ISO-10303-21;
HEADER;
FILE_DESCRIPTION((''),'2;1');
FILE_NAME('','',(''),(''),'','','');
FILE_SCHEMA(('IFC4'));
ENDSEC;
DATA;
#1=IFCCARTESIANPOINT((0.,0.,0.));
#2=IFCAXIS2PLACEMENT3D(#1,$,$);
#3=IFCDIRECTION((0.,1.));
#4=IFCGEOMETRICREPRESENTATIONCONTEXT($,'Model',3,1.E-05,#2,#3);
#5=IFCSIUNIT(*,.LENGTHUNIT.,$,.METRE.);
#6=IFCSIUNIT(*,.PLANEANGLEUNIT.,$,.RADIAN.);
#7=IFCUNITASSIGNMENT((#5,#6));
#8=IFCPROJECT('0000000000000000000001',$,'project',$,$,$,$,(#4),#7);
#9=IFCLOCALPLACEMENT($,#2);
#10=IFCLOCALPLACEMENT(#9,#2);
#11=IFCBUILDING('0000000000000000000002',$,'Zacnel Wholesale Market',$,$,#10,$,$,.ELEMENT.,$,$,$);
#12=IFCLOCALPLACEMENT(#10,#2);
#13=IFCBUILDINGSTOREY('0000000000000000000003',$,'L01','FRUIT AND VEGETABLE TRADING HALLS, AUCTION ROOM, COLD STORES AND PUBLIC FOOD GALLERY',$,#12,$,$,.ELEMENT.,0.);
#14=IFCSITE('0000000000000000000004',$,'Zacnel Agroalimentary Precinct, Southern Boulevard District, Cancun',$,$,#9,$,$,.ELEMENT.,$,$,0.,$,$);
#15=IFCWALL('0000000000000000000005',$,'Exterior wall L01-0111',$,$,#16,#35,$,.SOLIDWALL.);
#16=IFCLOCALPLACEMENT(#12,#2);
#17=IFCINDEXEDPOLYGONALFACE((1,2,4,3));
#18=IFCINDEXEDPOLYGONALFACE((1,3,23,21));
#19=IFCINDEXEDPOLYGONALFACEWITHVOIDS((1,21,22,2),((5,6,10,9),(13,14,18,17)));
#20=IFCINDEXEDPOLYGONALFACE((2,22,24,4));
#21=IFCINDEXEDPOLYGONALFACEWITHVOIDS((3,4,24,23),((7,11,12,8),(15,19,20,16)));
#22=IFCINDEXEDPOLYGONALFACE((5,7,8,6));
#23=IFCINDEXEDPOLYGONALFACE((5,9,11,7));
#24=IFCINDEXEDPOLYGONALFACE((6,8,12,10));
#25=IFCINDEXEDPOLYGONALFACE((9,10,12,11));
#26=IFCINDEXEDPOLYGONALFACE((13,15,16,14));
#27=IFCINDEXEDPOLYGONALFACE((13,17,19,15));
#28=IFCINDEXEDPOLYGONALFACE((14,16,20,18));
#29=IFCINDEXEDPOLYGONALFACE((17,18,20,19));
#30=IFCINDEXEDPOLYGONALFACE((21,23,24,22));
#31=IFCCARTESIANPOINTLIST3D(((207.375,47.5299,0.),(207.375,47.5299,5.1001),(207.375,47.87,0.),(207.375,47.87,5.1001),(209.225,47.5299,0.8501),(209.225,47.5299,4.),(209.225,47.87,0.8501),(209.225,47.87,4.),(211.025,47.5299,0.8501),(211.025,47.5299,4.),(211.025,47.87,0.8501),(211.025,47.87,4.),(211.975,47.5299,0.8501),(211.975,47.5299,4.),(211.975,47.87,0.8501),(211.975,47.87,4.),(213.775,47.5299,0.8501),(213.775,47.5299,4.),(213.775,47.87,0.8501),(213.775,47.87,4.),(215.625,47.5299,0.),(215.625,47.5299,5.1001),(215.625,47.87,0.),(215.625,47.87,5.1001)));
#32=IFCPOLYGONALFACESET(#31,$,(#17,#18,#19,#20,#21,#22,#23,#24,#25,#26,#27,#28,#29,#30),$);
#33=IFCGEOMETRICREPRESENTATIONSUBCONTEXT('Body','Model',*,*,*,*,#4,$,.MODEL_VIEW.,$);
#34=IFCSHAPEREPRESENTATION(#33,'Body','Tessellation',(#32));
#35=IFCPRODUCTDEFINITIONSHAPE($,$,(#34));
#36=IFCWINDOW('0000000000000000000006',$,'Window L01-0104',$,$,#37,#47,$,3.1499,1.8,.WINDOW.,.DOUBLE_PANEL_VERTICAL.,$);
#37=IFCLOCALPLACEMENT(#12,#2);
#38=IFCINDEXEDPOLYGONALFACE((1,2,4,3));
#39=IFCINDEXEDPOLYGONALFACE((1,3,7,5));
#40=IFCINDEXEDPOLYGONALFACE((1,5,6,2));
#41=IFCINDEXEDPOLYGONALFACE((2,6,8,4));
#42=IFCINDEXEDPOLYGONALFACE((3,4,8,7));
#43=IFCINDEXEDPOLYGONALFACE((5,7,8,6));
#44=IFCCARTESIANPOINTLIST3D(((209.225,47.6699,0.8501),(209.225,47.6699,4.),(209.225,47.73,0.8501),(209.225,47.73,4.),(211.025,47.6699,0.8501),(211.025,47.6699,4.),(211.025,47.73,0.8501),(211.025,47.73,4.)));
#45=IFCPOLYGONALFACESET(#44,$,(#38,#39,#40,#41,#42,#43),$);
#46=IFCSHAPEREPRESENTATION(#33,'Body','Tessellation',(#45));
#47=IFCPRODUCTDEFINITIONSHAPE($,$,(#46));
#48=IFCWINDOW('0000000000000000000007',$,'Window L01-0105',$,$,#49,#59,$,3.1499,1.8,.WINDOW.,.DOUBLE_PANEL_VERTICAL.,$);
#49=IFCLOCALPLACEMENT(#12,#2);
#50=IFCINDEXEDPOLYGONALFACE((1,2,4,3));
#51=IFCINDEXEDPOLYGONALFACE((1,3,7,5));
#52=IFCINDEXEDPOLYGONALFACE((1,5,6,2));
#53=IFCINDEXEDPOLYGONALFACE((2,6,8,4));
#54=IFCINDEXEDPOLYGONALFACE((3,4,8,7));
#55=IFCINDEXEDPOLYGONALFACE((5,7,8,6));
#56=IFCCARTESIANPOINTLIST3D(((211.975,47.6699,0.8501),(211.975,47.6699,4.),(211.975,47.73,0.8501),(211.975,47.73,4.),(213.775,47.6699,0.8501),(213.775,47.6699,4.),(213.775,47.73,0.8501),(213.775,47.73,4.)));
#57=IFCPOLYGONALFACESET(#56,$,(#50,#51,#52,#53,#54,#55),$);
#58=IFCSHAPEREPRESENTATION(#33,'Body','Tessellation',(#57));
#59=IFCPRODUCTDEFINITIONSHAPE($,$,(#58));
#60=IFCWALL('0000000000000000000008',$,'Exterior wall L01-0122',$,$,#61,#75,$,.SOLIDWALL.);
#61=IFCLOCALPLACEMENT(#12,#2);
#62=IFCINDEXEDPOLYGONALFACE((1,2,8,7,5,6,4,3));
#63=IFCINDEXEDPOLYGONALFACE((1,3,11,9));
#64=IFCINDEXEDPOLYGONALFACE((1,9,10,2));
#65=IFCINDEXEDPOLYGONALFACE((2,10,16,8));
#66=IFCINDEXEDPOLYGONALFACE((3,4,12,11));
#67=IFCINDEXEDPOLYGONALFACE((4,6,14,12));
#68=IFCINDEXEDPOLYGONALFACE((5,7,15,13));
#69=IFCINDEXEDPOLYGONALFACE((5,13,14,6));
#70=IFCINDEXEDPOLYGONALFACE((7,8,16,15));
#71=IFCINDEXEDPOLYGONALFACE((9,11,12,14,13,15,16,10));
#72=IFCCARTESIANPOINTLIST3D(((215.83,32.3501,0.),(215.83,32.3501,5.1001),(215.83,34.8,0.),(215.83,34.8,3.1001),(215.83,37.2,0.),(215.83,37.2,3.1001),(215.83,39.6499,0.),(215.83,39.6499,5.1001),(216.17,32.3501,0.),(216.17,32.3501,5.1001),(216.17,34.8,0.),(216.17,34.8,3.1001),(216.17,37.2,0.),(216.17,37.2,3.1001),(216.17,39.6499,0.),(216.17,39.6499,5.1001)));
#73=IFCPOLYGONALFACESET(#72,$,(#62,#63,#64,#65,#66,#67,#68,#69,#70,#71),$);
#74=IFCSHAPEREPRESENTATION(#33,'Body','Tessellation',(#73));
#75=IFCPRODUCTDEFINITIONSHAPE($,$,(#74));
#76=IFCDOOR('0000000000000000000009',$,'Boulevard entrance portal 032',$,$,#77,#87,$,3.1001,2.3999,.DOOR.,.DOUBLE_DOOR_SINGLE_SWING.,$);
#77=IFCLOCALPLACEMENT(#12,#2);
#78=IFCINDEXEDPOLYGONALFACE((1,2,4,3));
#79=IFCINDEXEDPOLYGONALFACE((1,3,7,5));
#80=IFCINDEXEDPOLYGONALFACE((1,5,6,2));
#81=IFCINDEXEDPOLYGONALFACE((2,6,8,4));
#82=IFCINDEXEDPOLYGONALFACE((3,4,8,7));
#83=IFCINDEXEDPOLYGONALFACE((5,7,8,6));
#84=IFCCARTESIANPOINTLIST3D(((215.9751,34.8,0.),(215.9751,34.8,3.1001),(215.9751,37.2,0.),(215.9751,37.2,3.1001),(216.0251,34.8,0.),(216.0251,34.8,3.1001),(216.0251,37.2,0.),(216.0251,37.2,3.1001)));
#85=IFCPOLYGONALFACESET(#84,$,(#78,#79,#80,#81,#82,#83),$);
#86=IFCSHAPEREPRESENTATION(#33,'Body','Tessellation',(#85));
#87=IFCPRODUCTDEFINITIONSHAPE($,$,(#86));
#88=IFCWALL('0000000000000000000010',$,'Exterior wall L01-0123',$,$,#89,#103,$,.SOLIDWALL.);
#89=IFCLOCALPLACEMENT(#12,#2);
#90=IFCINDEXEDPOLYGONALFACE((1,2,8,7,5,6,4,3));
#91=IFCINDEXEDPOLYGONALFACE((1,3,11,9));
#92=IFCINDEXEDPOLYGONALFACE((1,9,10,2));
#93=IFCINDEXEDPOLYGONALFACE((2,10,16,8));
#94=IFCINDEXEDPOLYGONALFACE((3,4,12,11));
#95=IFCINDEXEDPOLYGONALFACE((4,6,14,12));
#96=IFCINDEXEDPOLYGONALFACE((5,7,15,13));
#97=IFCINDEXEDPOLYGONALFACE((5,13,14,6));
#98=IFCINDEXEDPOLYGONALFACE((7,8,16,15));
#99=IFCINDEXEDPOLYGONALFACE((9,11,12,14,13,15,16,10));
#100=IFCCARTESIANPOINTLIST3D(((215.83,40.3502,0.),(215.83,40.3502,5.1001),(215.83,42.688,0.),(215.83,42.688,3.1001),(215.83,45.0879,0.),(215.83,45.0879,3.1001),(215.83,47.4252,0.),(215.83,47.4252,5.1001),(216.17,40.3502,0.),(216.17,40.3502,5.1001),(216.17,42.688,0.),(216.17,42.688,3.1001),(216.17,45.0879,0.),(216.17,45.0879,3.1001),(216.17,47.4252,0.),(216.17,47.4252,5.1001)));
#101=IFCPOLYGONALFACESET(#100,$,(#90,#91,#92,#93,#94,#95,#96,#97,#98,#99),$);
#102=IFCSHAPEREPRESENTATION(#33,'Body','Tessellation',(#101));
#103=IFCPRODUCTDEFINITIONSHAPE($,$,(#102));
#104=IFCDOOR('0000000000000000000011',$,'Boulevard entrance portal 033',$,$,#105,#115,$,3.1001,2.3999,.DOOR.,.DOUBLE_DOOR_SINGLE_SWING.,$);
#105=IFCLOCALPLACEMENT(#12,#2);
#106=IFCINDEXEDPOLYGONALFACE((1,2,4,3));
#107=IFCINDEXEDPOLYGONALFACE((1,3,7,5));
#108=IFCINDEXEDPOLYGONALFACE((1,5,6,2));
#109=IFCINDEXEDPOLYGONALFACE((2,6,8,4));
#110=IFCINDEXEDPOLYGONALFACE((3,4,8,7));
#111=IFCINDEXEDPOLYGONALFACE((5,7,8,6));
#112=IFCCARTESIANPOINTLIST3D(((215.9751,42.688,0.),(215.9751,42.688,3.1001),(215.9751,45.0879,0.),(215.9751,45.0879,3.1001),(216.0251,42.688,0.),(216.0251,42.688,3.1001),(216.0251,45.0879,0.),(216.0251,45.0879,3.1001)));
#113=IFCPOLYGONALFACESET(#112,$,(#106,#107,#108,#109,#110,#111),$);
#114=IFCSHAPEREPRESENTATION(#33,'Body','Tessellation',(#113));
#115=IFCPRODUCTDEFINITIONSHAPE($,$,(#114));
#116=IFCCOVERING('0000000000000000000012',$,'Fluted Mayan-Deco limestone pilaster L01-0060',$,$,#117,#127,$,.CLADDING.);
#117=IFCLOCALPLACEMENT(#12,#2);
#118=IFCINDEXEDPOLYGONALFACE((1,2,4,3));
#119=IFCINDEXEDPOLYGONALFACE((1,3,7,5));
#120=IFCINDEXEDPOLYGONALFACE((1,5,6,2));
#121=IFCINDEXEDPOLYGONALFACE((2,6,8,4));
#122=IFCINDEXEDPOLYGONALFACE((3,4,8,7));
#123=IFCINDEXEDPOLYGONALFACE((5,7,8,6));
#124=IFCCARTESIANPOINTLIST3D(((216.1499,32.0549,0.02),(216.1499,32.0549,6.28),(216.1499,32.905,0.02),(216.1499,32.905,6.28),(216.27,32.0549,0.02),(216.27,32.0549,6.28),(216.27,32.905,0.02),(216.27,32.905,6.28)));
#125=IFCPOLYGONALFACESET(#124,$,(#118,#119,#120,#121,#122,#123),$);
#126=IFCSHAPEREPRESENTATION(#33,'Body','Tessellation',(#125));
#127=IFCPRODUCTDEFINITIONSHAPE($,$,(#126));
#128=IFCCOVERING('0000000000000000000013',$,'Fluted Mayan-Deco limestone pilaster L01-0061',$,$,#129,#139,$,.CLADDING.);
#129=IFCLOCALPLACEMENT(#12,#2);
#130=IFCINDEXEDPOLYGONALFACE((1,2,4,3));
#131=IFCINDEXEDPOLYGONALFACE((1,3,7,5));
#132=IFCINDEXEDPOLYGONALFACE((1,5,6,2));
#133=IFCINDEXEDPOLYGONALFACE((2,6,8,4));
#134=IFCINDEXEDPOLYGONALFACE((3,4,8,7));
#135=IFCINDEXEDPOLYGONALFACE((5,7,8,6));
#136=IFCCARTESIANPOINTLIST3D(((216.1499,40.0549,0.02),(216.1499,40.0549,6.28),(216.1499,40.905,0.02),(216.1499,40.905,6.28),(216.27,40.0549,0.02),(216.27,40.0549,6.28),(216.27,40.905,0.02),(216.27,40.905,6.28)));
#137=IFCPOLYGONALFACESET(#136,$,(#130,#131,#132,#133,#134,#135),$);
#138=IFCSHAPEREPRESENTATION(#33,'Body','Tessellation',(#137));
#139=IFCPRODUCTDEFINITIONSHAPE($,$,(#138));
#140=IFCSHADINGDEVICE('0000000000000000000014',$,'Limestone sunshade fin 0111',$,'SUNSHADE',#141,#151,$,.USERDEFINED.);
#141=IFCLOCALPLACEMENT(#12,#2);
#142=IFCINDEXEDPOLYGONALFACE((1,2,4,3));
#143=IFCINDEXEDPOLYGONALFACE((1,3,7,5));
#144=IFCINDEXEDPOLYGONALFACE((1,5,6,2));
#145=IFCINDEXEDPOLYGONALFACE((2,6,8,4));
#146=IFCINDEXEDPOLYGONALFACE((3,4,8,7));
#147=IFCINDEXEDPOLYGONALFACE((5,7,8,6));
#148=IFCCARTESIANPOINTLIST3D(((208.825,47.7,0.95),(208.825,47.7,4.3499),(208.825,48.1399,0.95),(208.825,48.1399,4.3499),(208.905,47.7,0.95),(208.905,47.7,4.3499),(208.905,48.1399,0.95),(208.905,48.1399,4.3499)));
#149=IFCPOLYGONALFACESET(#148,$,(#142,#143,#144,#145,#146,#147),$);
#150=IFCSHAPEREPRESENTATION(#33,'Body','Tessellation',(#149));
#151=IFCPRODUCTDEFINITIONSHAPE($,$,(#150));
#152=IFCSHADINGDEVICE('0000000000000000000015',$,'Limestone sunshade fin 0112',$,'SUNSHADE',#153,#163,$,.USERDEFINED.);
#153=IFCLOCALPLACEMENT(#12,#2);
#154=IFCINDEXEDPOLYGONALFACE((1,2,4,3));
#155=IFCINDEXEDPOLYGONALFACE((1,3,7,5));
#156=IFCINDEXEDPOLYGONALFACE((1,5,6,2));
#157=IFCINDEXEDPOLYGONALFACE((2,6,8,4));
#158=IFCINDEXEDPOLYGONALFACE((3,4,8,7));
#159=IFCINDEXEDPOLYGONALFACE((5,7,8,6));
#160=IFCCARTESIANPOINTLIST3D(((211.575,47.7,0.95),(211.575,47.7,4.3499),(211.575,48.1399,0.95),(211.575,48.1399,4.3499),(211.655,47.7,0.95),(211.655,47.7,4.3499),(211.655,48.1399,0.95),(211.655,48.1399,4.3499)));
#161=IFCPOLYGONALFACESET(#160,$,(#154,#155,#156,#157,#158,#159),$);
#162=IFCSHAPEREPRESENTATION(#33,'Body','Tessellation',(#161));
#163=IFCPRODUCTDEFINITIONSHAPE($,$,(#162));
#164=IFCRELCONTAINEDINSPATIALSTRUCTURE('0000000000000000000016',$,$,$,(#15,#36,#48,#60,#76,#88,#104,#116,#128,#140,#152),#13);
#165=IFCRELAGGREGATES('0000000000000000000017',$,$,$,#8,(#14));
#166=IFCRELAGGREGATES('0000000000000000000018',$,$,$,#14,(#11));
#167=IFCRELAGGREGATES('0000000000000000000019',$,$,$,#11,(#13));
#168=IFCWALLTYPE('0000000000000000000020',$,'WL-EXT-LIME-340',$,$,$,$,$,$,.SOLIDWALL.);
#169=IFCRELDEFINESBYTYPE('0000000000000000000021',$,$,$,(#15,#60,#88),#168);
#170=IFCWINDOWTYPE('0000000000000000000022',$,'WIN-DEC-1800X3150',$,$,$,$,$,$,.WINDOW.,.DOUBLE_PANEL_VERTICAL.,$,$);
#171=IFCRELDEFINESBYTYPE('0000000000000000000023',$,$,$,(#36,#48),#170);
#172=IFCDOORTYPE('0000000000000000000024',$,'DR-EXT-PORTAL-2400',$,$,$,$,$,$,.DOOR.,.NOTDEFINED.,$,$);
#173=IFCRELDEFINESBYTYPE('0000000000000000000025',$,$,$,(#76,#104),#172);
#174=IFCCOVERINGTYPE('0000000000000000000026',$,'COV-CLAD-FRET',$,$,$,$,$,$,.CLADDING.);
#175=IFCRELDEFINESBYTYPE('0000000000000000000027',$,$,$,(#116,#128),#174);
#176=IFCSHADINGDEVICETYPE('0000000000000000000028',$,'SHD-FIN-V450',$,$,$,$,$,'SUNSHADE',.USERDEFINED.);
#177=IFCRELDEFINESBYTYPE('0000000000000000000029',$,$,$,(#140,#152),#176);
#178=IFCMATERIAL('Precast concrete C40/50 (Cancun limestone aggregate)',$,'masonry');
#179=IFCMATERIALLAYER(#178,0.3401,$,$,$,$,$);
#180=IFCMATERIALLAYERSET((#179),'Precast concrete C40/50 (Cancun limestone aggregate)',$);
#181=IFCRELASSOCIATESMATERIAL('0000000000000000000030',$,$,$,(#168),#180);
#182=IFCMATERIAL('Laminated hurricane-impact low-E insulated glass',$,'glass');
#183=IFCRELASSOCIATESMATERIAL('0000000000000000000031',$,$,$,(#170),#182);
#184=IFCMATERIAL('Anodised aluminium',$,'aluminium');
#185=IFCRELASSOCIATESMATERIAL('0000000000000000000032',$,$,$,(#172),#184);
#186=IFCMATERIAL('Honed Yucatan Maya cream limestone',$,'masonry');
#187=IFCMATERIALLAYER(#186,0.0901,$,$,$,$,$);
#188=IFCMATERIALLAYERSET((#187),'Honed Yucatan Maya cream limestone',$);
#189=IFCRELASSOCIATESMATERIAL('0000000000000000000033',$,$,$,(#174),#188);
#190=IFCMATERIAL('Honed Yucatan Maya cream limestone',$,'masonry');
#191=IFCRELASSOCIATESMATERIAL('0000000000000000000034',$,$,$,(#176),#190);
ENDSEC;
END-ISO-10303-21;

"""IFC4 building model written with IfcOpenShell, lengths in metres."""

from ifc_helpers import new_model, si_unit, direction, frame, frame_2d, origin, origin_2d, place, context, subcontext, project, spatial, rectangle, extrude, material, layer, layer_set, type_object, element, fill, save


model = new_model("IFC4")

# Units and contexts
model_context = context("Model", 3, precision=1e-05, world=origin(), true_north=direction((0.0, 1.0)))
body_context = subcontext(model_context, "Body", "Model", "MODEL_VIEW")
ifc_project = project(units=[si_unit("LENGTHUNIT", "METRE"), si_unit("PLANEANGLEUNIT", "RADIAN")], contexts=[model_context])

# Site, building, storey
site_placement = place(None, origin())
site = spatial("IfcSite", under=ifc_project, at=site_placement, Name="Zacnel Agroalimentary Precinct, Southern Boulevard District, Cancun", CompositionType="ELEMENT", RefElevation=0.0)
building_placement = place(site_placement, origin())
building = spatial("IfcBuilding", under=site, at=building_placement, Name="Zacnel Wholesale Market", CompositionType="ELEMENT")
storey_placement = place(building_placement, origin())
storey = spatial("IfcBuildingStorey", under=building, at=storey_placement, Name="L01", Description="FRUIT AND VEGETABLE TRADING HALLS, AUCTION ROOM, COLD STORES AND PUBLIC FOOD GALLERY", CompositionType="ELEMENT", Elevation=0.0)

# Wall, openings, windows
ifc_material_1 = material(Name="Precast concrete C40/50 (Cancun limestone aggregate)", Category="masonry")
ifc_layer_1 = layer(ifc_material_1, 0.3401)
ifc_layer_set_1 = layer_set([ifc_layer_1], Name="Precast concrete C40/50 (Cancun limestone aggregate)")
wall_type = type_object("IfcWallType", Name="WL-EXT-LIME-340", PredefinedType="SOLIDWALL", material=ifc_layer_set_1)
wall_1_placement = place(storey_placement, frame((207.375, 47.7, 0.0), z_axis=(0.0, 0.0, 1.0), x_axis=(1.0, 0.0, 0.0)))
wall_1 = element("IfcWall", 1, at=wall_1_placement, inside=storey, type_object=wall_type, Name="Exterior wall L01-0111", PredefinedType="SOLIDWALL", context=body_context, shape_type="SweptSolid", body=[
    extrude(rectangle(XDim=8.25, YDim=0.3401, at=frame_2d((4.125, 0.0))), origin(), (0.0, 0.0, 1.0), 5.1001),
])
opening_1_placement = place(wall_1_placement, frame((1.8501, 0.0, 0.8501)))
opening_1 = element("IfcOpeningElement", 2, at=opening_1_placement, cuts=wall_1, PredefinedType="OPENING", context=body_context, shape_type="SweptSolid", body=[
    extrude(rectangle(XDim=1.8, YDim=3.1499, at=frame_2d((0.8999, 1.575))), frame((0.0, 0.1799, 0.0), z_axis=(0.0, -1.0, 0.0), x_axis=(1.0, 0.0, 0.0)), (0.0, 0.0, 1.0), 0.3601),
])
opening_2_placement = place(wall_1_placement, frame((4.6001, 0.0, 0.8501)))
opening_2 = element("IfcOpeningElement", 3, at=opening_2_placement, cuts=wall_1, PredefinedType="OPENING", context=body_context, shape_type="SweptSolid", body=[
    extrude(rectangle(XDim=1.8, YDim=3.1499, at=frame_2d((0.8999, 1.575))), frame((0.0, 0.1799, 0.0), z_axis=(0.0, -1.0, 0.0), x_axis=(1.0, 0.0, 0.0)), (0.0, 0.0, 1.0), 0.3601),
])
ifc_material_2 = material(Name="Laminated hurricane-impact low-E insulated glass", Category="glass")
window_type = type_object("IfcWindowType", Name="WIN-DEC-1800X3150", PartitioningType="DOUBLE_PANEL_VERTICAL", PredefinedType="WINDOW", material=ifc_material_2)
window_1_placement = place(opening_1_placement, origin())
window_1 = element("IfcWindow", 4, at=window_1_placement, inside=storey, type_object=window_type, Name="Window L01-0104", OverallHeight=3.1499, OverallWidth=1.8, PartitioningType="DOUBLE_PANEL_VERTICAL", PredefinedType="WINDOW", context=body_context, shape_type="SweptSolid", body=[
    extrude(rectangle(XDim=1.8, YDim=3.1499, at=frame_2d((0.8999, 1.575))), frame((0.0, 0.03, 0.0), z_axis=(0.0, -1.0, 0.0), x_axis=(1.0, 0.0, 0.0)), (0.0, 0.0, 1.0), 0.0601),
])
fill(opening_1, window_1)
window_2_placement = place(opening_2_placement, origin())
window_2 = element("IfcWindow", 5, at=window_2_placement, inside=storey, type_object=window_type, Name="Window L01-0105", OverallHeight=3.1499, OverallWidth=1.8, PartitioningType="DOUBLE_PANEL_VERTICAL", PredefinedType="WINDOW", context=body_context, shape_type="SweptSolid", body=[
    extrude(rectangle(XDim=1.8, YDim=3.1499, at=frame_2d((0.8999, 1.575))), frame((0.0, 0.03, 0.0), z_axis=(0.0, -1.0, 0.0), x_axis=(1.0, 0.0, 0.0)), (0.0, 0.0, 1.0), 0.0601),
])
fill(opening_2, window_2)

# Walls, openings, doors
wall_2_placement = place(storey_placement, frame((216.0, 32.3501, 0.0), z_axis=(0.0, 0.0, 1.0), x_axis=(0.0, 1.0, 0.0)))
wall_2 = element("IfcWall", 6, at=wall_2_placement, inside=storey, type_object=wall_type, Name="Exterior wall L01-0122", PredefinedType="SOLIDWALL", context=body_context, shape_type="SweptSolid", body=[
    extrude(rectangle(XDim=7.2998, YDim=0.3401, at=frame_2d((3.6499, 0.0))), origin(), (0.0, 0.0, 1.0), 5.1001),
])
opening_3_placement = place(wall_2_placement, frame((2.45, 0.0, 0.0)))
opening_3 = element("IfcOpeningElement", 7, at=opening_3_placement, cuts=wall_2, PredefinedType="OPENING", context=body_context, shape_type="SweptSolid", body=[
    extrude(rectangle(XDim=2.3999, YDim=3.1001, at=frame_2d((1.2, 1.55))), frame((0.0, 0.1799, 0.0), z_axis=(0.0, -1.0, 0.0), x_axis=(1.0, 0.0, 0.0)), (0.0, 0.0, 1.0), 0.3601),
])
ifc_material_3 = material(Name="Anodised aluminium", Category="aluminium")
door_type = type_object("IfcDoorType", Name="DR-EXT-PORTAL-2400", OperationType="NOTDEFINED", PredefinedType="DOOR", material=ifc_material_3)
door_1_placement = place(opening_3_placement, origin())
door_1 = element("IfcDoor", 8, at=door_1_placement, inside=storey, type_object=door_type, Name="Boulevard entrance portal 032", OperationType="DOUBLE_DOOR_SINGLE_SWING", OverallHeight=3.1001, OverallWidth=2.3999, PredefinedType="DOOR", context=body_context, shape_type="SweptSolid", body=[
    extrude(rectangle(XDim=2.3999, YDim=3.1001, at=frame_2d((1.2, 1.55))), frame((0.0, 0.0249, 0.0), z_axis=(0.0, -1.0, 0.0), x_axis=(1.0, 0.0, 0.0)), (0.0, 0.0, 1.0), 0.05),
])
fill(opening_3, door_1)
wall_3_placement = place(storey_placement, frame((216.0, 40.3501, 0.0), z_axis=(0.0, 0.0, 1.0), x_axis=(0.0, 1.0, 0.0)))
wall_3 = element("IfcWall", 9, at=wall_3_placement, inside=storey, type_object=wall_type, Name="Exterior wall L01-0123", PredefinedType="SOLIDWALL", context=body_context, shape_type="SweptSolid", body=[
    extrude(rectangle(XDim=7.075, YDim=0.3401, at=frame_2d((3.5376, 0.0))), origin(), (0.0, 0.0, 1.0), 5.1001),
])
opening_4_placement = place(wall_3_placement, frame((2.3379, 0.0, 0.0)))
opening_4 = element("IfcOpeningElement", 10, at=opening_4_placement, cuts=wall_3, PredefinedType="OPENING", context=body_context, shape_type="SweptSolid", body=[
    extrude(rectangle(XDim=2.3999, YDim=3.1001, at=frame_2d((1.2, 1.55))), frame((0.0, 0.1799, 0.0), z_axis=(0.0, -1.0, 0.0), x_axis=(1.0, 0.0, 0.0)), (0.0, 0.0, 1.0), 0.3601),
])
door_2_placement = place(opening_4_placement, origin())
door_2 = element("IfcDoor", 11, at=door_2_placement, inside=storey, type_object=door_type, Name="Boulevard entrance portal 033", OperationType="DOUBLE_DOOR_SINGLE_SWING", OverallHeight=3.1001, OverallWidth=2.3999, PredefinedType="DOOR", context=body_context, shape_type="SweptSolid", body=[
    extrude(rectangle(XDim=2.3999, YDim=3.1001, at=frame_2d((1.2, 1.55))), frame((0.0, 0.0249, 0.0), z_axis=(0.0, -1.0, 0.0), x_axis=(1.0, 0.0, 0.0)), (0.0, 0.0, 1.0), 0.05),
])
fill(opening_4, door_2)

# Coverings
ifc_material_4 = material(Name="Honed Yucatan Maya cream limestone", Category="masonry")
ifc_layer_2 = layer(ifc_material_4, 0.0901)
ifc_layer_set_2 = layer_set([ifc_layer_2], Name="Honed Yucatan Maya cream limestone")
covering_type = type_object("IfcCoveringType", Name="COV-CLAD-FRET", PredefinedType="CLADDING", material=ifc_layer_set_2)
for number, where, z_axis, x_axis, name in (
    (12, (216.21, 32.48, 0.02), (0.0, 0.0, 1.0), (0.0, 1.0, 0.0), "Fluted Mayan-Deco limestone pilaster L01-0060"),
    (13, (216.21, 40.48, 0.02), (0.0, 0.0, 1.0), (0.0, 1.0, 0.0), "Fluted Mayan-Deco limestone pilaster L01-0061"),
):
    element("IfcCovering", number, at=place(storey_placement, frame(where, z_axis=z_axis, x_axis=x_axis)), inside=storey, type_object=covering_type, Name=name, PredefinedType="CLADDING", context=body_context, shape_type="SweptSolid", body=[
        extrude(rectangle(XDim=0.8501, YDim=0.1201, at=origin_2d()), origin(), (0.0, 0.0, 1.0), 6.26),
    ])

# Shading devices
ifc_material_5 = material(Name="Honed Yucatan Maya cream limestone", Category="masonry")
shading_device_type = type_object("IfcShadingDeviceType", Name="SHD-FIN-V450", ElementType="SUNSHADE", PredefinedType="USERDEFINED", material=ifc_material_5)
for number, where, z_axis, x_axis, name in (
    (14, (208.865, 47.9199, 0.95), (0.0, 0.0, 1.0), (1.0, 0.0, 0.0), "Limestone sunshade fin 0111"),
    (15, (211.615, 47.9199, 0.95), (0.0, 0.0, 1.0), (1.0, 0.0, 0.0), "Limestone sunshade fin 0112"),
):
    element("IfcShadingDevice", number, at=place(storey_placement, frame(where, z_axis=z_axis, x_axis=x_axis)), inside=storey, type_object=shading_device_type, Name=name, ObjectType="SUNSHADE", PredefinedType="USERDEFINED", context=body_context, shape_type="SweptSolid", body=[
        extrude(rectangle(XDim=0.0801, YDim=0.4399, at=origin_2d()), origin(), (0.0, 0.0, 1.0), 3.3999),
    ])

save(model, "model.ifc")
